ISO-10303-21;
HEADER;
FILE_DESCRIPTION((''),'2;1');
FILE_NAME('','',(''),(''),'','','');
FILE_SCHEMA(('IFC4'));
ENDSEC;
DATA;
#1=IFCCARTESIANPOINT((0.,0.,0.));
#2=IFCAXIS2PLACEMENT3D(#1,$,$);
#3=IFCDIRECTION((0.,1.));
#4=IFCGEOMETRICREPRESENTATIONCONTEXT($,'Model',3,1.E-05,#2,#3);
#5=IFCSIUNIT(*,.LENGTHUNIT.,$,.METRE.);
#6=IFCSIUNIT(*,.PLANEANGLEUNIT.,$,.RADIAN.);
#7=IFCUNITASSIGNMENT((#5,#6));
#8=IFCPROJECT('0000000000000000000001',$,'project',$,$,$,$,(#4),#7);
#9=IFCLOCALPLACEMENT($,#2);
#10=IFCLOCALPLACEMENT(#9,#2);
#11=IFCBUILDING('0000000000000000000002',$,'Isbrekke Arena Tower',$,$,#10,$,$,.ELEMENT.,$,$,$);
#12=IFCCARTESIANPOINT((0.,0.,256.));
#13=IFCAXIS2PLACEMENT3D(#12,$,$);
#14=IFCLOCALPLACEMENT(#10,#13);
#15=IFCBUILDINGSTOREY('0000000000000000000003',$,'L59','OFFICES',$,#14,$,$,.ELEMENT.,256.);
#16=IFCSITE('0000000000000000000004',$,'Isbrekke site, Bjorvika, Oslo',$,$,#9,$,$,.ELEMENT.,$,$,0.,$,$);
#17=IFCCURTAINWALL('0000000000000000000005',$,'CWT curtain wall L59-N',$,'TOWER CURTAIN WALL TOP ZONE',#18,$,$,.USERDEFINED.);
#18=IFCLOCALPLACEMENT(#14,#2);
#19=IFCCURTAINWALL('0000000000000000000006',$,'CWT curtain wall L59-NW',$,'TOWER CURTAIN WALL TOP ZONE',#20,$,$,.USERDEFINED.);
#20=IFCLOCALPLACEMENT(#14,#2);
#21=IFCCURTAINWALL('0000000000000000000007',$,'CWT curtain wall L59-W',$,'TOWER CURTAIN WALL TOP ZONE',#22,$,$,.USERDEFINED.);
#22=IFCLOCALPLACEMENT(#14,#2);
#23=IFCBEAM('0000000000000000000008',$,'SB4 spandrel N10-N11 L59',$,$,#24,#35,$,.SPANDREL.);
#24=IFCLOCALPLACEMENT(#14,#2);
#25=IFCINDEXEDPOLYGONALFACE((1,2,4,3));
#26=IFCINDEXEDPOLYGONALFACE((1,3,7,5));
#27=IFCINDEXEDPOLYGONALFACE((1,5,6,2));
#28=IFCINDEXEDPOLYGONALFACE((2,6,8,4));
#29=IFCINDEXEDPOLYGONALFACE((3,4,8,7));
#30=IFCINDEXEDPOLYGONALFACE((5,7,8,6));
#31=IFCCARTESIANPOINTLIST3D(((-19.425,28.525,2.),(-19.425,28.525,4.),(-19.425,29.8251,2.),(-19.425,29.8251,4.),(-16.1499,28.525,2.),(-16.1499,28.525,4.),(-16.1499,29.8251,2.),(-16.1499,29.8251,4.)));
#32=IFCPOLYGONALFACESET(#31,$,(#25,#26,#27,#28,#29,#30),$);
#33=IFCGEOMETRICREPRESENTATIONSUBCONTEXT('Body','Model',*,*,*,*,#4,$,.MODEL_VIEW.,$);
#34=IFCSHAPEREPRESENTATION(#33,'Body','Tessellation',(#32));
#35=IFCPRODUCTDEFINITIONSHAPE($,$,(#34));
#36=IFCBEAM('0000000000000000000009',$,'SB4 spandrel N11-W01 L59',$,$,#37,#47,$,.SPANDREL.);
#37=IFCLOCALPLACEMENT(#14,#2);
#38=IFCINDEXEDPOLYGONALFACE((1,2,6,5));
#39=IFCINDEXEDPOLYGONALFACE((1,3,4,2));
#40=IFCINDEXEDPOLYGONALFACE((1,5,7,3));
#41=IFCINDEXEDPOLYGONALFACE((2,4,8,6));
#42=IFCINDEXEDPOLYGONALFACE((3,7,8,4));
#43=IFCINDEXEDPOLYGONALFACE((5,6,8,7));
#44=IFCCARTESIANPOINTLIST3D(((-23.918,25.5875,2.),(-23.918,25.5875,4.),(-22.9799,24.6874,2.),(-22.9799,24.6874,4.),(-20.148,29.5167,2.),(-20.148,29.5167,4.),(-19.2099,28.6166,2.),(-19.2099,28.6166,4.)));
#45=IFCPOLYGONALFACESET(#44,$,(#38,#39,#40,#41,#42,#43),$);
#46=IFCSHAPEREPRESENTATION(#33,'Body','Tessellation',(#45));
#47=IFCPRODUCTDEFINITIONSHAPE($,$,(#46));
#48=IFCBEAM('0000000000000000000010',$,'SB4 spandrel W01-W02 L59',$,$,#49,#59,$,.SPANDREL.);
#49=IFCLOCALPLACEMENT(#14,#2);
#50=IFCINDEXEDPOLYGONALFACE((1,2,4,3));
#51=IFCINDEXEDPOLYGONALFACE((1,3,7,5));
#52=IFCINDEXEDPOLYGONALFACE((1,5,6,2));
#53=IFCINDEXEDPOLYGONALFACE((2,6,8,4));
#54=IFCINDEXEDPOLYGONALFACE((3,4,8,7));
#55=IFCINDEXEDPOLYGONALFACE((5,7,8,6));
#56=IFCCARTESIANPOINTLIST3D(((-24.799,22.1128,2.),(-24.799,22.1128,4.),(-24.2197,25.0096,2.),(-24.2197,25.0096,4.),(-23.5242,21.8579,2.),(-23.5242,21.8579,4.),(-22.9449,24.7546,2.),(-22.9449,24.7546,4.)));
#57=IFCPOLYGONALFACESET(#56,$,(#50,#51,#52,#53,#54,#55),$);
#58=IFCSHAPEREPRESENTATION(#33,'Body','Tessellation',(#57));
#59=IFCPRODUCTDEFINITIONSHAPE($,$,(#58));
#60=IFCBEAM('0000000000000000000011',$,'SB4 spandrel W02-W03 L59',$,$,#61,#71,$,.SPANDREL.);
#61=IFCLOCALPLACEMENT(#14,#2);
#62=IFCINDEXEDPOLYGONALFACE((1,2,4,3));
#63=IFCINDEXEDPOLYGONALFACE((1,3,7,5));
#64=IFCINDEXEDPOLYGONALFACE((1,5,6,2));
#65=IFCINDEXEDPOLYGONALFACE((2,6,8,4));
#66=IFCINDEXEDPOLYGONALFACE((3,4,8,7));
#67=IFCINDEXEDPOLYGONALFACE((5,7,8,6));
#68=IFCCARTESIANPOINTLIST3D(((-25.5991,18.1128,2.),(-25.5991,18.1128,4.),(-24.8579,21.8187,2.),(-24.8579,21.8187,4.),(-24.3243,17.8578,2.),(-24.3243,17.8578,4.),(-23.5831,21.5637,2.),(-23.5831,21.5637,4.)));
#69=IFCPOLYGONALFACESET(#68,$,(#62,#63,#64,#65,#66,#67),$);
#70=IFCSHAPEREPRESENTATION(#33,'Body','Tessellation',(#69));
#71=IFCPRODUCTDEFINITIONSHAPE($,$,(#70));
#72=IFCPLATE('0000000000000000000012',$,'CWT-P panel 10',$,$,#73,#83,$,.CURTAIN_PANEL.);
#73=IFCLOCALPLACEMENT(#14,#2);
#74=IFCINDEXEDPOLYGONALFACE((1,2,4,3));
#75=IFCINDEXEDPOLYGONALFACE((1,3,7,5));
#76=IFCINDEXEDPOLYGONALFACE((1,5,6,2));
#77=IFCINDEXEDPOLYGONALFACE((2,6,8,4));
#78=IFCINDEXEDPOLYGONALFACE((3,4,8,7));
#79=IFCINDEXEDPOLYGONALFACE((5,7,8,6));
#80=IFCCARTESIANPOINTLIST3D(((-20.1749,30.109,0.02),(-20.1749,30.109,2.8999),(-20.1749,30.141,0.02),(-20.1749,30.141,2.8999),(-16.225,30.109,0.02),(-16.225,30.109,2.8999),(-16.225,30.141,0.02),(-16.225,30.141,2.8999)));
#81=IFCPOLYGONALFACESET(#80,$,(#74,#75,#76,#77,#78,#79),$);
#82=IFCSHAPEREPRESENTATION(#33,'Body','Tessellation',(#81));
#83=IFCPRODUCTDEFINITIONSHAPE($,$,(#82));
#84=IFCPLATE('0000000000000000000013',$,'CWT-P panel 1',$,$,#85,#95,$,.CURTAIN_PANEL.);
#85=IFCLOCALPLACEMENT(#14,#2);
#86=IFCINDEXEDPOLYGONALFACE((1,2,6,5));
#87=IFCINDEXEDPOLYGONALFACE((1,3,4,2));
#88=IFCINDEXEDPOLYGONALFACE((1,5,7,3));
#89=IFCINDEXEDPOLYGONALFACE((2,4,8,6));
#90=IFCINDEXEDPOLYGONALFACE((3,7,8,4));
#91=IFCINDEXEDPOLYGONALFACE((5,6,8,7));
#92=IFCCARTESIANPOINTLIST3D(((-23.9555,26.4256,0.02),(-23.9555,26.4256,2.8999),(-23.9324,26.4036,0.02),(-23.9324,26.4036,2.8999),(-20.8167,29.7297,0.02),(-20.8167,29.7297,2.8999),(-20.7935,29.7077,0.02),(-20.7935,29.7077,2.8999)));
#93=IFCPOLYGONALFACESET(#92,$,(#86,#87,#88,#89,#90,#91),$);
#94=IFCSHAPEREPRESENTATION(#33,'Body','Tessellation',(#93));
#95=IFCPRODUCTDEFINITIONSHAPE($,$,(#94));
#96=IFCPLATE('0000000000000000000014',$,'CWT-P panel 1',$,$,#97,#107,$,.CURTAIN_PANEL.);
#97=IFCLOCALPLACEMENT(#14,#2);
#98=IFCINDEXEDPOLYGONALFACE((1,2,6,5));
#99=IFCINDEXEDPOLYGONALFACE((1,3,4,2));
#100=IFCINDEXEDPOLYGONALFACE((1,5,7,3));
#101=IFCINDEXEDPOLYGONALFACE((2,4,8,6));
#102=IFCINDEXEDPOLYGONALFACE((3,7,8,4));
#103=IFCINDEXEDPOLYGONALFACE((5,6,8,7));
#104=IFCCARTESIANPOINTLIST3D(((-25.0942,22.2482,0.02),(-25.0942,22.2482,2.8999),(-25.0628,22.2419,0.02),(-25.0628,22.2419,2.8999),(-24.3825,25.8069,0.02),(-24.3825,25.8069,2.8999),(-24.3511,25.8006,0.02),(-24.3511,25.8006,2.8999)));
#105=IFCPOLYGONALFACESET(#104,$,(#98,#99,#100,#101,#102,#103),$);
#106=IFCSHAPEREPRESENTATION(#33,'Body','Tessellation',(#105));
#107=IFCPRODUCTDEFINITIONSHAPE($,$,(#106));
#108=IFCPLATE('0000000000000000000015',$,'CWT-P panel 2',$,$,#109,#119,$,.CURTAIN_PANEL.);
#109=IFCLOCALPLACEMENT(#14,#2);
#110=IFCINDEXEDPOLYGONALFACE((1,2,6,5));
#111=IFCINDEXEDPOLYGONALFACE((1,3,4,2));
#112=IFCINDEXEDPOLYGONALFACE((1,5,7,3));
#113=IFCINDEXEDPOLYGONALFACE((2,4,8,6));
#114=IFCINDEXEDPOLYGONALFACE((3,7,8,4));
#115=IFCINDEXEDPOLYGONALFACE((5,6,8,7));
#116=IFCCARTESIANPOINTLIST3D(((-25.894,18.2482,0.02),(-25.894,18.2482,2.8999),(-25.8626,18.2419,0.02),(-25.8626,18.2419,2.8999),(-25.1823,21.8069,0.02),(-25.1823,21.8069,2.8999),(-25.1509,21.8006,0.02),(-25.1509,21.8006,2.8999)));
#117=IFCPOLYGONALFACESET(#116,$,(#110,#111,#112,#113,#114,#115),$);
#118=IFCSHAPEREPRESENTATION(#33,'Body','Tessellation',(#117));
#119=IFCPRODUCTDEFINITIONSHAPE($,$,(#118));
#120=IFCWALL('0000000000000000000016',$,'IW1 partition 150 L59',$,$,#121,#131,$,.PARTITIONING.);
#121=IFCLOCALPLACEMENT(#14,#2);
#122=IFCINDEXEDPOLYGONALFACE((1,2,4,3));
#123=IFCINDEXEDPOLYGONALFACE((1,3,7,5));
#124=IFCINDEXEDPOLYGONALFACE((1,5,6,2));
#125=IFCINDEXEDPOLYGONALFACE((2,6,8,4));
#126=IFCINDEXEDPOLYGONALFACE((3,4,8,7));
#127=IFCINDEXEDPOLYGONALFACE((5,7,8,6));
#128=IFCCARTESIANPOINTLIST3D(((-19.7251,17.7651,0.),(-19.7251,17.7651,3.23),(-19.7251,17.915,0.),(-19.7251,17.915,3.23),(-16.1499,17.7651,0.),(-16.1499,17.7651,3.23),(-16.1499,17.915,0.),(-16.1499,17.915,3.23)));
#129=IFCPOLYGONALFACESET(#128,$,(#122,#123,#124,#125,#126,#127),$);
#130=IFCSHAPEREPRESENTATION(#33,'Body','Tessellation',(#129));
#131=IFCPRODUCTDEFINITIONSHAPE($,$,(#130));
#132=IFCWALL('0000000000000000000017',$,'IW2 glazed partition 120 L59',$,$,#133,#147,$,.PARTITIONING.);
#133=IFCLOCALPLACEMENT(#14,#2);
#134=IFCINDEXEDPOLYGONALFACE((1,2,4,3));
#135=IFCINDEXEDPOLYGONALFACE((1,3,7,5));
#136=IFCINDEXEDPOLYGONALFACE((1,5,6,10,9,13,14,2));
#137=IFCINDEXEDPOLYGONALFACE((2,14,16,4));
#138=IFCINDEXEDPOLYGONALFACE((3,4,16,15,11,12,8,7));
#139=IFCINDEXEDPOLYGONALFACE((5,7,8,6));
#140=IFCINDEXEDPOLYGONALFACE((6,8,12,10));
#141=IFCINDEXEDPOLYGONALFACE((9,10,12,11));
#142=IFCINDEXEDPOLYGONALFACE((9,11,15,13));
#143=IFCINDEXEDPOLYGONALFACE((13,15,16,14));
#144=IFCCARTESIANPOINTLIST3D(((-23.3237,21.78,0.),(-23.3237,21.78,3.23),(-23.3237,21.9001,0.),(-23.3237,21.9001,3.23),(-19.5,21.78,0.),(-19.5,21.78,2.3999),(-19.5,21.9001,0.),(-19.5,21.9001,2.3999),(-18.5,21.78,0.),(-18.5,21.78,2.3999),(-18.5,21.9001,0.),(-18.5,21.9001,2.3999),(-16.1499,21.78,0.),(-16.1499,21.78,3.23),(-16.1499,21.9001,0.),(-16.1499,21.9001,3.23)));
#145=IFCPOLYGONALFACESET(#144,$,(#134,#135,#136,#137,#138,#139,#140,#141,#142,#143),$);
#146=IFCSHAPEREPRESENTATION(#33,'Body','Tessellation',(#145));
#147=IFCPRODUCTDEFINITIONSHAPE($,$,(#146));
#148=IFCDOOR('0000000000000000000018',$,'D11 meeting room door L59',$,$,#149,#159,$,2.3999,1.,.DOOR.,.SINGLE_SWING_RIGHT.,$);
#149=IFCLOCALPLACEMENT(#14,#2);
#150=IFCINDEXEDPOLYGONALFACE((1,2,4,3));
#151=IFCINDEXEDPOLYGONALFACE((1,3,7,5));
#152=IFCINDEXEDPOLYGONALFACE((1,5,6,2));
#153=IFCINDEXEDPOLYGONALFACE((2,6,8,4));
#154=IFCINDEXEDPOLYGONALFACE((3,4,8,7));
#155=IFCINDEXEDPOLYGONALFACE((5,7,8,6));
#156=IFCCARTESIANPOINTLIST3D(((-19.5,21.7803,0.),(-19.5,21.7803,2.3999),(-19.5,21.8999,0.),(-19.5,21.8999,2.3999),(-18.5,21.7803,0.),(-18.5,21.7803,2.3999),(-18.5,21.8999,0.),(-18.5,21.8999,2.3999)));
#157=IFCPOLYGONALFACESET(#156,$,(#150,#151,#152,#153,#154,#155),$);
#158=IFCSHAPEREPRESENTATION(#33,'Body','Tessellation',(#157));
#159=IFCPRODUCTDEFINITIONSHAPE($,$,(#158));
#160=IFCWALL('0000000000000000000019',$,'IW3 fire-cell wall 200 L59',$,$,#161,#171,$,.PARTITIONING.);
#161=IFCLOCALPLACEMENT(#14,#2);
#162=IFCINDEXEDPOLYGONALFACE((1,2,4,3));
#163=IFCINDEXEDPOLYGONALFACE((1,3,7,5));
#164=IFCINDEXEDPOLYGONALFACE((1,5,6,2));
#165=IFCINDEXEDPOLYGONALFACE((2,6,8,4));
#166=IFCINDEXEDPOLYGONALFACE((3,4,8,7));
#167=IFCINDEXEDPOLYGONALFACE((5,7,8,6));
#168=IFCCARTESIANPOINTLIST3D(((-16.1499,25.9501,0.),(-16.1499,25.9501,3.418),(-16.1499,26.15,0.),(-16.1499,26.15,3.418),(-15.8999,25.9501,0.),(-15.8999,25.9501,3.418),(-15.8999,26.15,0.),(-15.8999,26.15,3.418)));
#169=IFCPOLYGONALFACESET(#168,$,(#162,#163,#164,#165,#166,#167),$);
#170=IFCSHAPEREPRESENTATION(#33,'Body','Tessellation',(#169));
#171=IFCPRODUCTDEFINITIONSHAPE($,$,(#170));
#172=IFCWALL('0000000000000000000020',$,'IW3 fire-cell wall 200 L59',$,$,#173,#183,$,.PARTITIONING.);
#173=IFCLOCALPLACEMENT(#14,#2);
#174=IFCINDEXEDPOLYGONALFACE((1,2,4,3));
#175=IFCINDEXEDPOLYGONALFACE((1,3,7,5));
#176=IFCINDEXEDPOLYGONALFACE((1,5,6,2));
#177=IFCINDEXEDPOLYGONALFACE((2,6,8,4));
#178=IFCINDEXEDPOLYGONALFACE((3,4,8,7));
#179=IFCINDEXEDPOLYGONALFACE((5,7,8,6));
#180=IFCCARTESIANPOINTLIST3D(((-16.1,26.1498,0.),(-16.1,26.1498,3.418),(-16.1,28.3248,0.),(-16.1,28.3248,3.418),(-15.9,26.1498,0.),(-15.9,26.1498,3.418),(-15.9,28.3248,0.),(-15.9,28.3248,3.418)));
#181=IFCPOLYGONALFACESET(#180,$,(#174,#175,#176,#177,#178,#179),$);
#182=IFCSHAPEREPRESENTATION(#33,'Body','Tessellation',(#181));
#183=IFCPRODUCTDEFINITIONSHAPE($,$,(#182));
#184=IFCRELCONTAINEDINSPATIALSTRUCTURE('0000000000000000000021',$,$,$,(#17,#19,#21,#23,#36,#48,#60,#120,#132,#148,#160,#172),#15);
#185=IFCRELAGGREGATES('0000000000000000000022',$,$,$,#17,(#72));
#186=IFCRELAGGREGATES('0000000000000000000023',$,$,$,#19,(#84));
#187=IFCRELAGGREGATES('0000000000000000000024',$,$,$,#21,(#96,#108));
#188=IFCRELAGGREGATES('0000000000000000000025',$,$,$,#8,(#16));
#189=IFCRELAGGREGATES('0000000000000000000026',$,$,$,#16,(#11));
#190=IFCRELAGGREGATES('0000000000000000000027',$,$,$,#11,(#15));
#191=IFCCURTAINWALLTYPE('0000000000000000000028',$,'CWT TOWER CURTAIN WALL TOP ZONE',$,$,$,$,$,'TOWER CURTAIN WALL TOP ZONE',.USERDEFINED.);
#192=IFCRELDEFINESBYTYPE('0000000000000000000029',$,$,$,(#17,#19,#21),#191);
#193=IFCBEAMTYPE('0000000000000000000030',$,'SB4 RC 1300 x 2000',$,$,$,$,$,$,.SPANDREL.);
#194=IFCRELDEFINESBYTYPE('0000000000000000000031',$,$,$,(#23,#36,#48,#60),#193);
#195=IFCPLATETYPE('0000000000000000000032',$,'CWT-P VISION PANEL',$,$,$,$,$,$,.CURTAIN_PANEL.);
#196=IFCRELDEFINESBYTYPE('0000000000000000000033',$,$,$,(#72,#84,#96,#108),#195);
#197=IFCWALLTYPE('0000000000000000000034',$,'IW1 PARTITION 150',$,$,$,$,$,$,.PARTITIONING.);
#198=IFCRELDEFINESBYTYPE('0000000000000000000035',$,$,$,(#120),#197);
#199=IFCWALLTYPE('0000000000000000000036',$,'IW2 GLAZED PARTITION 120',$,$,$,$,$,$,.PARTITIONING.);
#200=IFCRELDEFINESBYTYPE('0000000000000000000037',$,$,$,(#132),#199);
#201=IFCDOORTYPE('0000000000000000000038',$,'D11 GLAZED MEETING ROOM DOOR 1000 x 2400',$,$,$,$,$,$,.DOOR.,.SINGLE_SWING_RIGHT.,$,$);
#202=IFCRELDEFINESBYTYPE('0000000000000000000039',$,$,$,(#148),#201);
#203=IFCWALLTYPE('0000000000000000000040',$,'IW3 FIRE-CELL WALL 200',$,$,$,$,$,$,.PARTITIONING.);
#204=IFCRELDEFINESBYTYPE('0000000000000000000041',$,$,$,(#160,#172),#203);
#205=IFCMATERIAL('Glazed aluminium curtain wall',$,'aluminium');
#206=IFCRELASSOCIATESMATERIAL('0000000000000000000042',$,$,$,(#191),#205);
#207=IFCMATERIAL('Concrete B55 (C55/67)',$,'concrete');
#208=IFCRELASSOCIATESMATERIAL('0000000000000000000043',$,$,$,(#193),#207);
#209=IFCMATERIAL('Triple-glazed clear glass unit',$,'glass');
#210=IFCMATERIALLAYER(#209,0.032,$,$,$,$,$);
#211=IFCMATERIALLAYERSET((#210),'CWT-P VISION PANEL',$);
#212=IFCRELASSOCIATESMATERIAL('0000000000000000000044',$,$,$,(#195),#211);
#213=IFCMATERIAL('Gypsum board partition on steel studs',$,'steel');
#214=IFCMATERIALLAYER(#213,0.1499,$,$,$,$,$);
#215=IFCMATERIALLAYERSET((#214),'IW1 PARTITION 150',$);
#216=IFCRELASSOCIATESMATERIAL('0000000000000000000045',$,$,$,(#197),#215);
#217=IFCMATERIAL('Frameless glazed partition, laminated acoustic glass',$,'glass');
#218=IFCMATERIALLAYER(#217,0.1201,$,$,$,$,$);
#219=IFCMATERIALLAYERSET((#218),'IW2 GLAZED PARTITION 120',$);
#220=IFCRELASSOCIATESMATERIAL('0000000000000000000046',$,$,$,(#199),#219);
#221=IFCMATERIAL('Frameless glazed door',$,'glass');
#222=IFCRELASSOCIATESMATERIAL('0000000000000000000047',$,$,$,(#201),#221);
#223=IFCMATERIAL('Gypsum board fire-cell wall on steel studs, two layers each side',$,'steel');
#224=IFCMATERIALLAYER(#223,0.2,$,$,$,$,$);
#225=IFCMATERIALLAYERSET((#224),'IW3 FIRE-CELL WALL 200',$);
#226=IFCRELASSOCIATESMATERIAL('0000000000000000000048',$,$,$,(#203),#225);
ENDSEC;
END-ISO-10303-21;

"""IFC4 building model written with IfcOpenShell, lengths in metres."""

from ifc_helpers import new_model, si_unit, direction, frame, frame_2d, origin, origin_2d, place, context, subcontext, project, spatial, rectangle, extrude, material, layer, layer_set, material_profile, profile_set, type_object, element, fill, aggregate, save


model = new_model("IFC4")

# Units and contexts
model_context = context("Model", 3, precision=1e-05, world=origin(), true_north=direction((0.0, 1.0)))
body_context = subcontext(model_context, "Body", "Model", "MODEL_VIEW")
ifc_project = project(units=[si_unit("LENGTHUNIT", "METRE"), si_unit("PLANEANGLEUNIT", "RADIAN")], contexts=[model_context])

# Site, building, storey
site_placement = place(None, origin())
site = spatial("IfcSite", under=ifc_project, at=site_placement, Name="Isbrekke site, Bjorvika, Oslo", CompositionType="ELEMENT", RefElevation=0.0)
building_placement = place(site_placement, origin())
building = spatial("IfcBuilding", under=site, at=building_placement, Name="Isbrekke Arena Tower", CompositionType="ELEMENT")
storey_placement = place(building_placement, frame((0.0, 0.0, 256.0)))
storey = spatial("IfcBuildingStorey", under=building, at=storey_placement, Name="L59", Description="OFFICES", CompositionType="ELEMENT", Elevation=256.0)

# Curtain wall
ifc_material_1 = material(Name="Glazed aluminium curtain wall", Category="aluminium")
curtain_wall_type = type_object("IfcCurtainWallType", Name="CWT TOWER CURTAIN WALL TOP ZONE", ElementType="TOWER CURTAIN WALL TOP ZONE", PredefinedType="USERDEFINED", material=ifc_material_1)
curtain_wall_1_placement = place(storey_placement, origin())
curtain_wall_1 = element("IfcCurtainWall", 1, at=curtain_wall_1_placement, inside=storey, type_object=curtain_wall_type, Name="CWT curtain wall L59-N", ObjectType="TOWER CURTAIN WALL TOP ZONE", PredefinedType="USERDEFINED")

# Curtain walls
curtain_wall_2_placement = place(storey_placement, origin())
curtain_wall_2 = element("IfcCurtainWall", 2, at=curtain_wall_2_placement, inside=storey, type_object=curtain_wall_type, Name="CWT curtain wall L59-NW", ObjectType="TOWER CURTAIN WALL TOP ZONE", PredefinedType="USERDEFINED")
curtain_wall_3_placement = place(storey_placement, origin())
curtain_wall_3 = element("IfcCurtainWall", 3, at=curtain_wall_3_placement, inside=storey, type_object=curtain_wall_type, Name="CWT curtain wall L59-W", ObjectType="TOWER CURTAIN WALL TOP ZONE", PredefinedType="USERDEFINED")

# Beams
ifc_material_2 = material(Name="Concrete B55 (C55/67)", Category="concrete")
ifc_material_profile_1 = material_profile(ifc_material_2, rectangle(XDim=1.3, YDim=2.0, at=origin_2d()), Name="RC 1300x2000")
ifc_profile_set_1 = profile_set([ifc_material_profile_1], Name="Concrete B55 (C55/67)")
beam_type_1 = type_object("IfcBeamType", Name="SB4 RC 1300 x 2000", PredefinedType="SPANDREL", material=ifc_profile_set_1)
beam_1_placement = place(storey_placement, frame((-16.1499, 29.175, 3.0), z_axis=(-1.0, 0.0, 0.0), x_axis=(0.0, -1.0, 0.0)))
element("IfcBeam", 4, at=beam_1_placement, inside=storey, type_object=beam_type_1, Name="SB4 spandrel N10-N11 L59", PredefinedType="SPANDREL", context=body_context, shape_type="SweptSolid", body=[
    extrude(rectangle(XDim=1.3, YDim=2.0, at=origin_2d()), origin(), (0.0, 0.0, 1.0), 3.2751),
])
beam_2_placement = place(storey_placement, frame((-19.679, 29.0667, 3.0), z_axis=(-0.69234, -0.721572, 0.0), x_axis=(0.721572, -0.69234, 0.0)))
element("IfcBeam", 5, at=beam_2_placement, inside=storey, type_object=beam_type_1, Name="SB4 spandrel N11-W01 L59", PredefinedType="SPANDREL", context=body_context, shape_type="SweptSolid", body=[
    extrude(rectangle(XDim=1.3, YDim=2.0, at=origin_2d()), origin(), (0.0, 0.0, 1.0), 5.4453),
])
beam_3_placement = place(storey_placement, frame((-23.5823, 24.8821, 3.0), z_axis=(-0.196116, -0.980581, 0.0), x_axis=(0.980581, -0.196116, 0.0)))
element("IfcBeam", 6, at=beam_3_placement, inside=storey, type_object=beam_type_1, Name="SB4 spandrel W01-W02 L59", PredefinedType="SPANDREL", context=body_context, shape_type="SweptSolid", body=[
    extrude(rectangle(XDim=1.3, YDim=2.0, at=origin_2d()), origin(), (0.0, 0.0, 1.0), 2.9541),
])
beam_4_placement = place(storey_placement, frame((-24.2205, 21.6912, 3.0), z_axis=(-0.196129, -0.980578, 0.0), x_axis=(0.980578, -0.196129, 0.0)))
element("IfcBeam", 7, at=beam_4_placement, inside=storey, type_object=beam_type_1, Name="SB4 spandrel W02-W03 L59", PredefinedType="SPANDREL", context=body_context, shape_type="SweptSolid", body=[
    extrude(rectangle(XDim=1.3, YDim=2.0, at=origin_2d()), origin(), (0.0, 0.0, 1.0), 3.7793),
])

# Plates
ifc_material_3 = material(Name="Triple-glazed clear glass unit", Category="glass")
ifc_layer_1 = layer(ifc_material_3, 0.032)
ifc_layer_set_1 = layer_set([ifc_layer_1], Name="CWT-P VISION PANEL")
plate_type = type_object("IfcPlateType", Name="CWT-P VISION PANEL", PredefinedType="CURTAIN_PANEL", material=ifc_layer_set_1)
plate_1_placement = place(storey_placement, frame((-18.2, 30.125, 0.02), z_axis=(0.0, 0.0, 1.0), x_axis=(-1.0, 0.0, 0.0)))
plate_1 = element("IfcPlate", 8, at=plate_1_placement, type_object=plate_type, Name="CWT-P panel 10", PredefinedType="CURTAIN_PANEL", context=body_context, shape_type="SweptSolid", body=[
    extrude(rectangle(XDim=3.95, YDim=0.032, at=origin_2d()), origin(), (0.0, 0.0, 1.0), 2.8799),
])
aggregate(curtain_wall_1, [plate_1])
plate_2_placement = place(storey_placement, frame((-22.3745, 28.0667, 0.02), z_axis=(0.0, 0.0, 1.0), x_axis=(-0.688749, -0.724999, 0.0)))
plate_2 = element("IfcPlate", 9, at=plate_2_placement, type_object=plate_type, Name="CWT-P panel 1", PredefinedType="CURTAIN_PANEL", context=body_context, shape_type="SweptSolid", body=[
    extrude(rectangle(XDim=4.5574, YDim=0.032, at=origin_2d()), origin(), (0.0, 0.0, 1.0), 2.8799),
])
aggregate(curtain_wall_2, [plate_2])
plate_3_placement = place(storey_placement, frame((-24.7227, 24.0244, 0.02), z_axis=(0.0, 0.0, 1.0), x_axis=(-0.196116, -0.980581, 0.0)))
plate_3 = element("IfcPlate", 10, at=plate_3_placement, type_object=plate_type, Name="CWT-P panel 1", PredefinedType="CURTAIN_PANEL", context=body_context, shape_type="SweptSolid", body=[
    extrude(rectangle(XDim=3.6292, YDim=0.032, at=origin_2d()), origin(), (0.0, 0.0, 1.0), 2.8799),
])
plate_4_placement = place(storey_placement, frame((-25.5225, 20.0244, 0.02), z_axis=(0.0, 0.0, 1.0), x_axis=(-0.196116, -0.980581, 0.0)))
plate_4 = element("IfcPlate", 11, at=plate_4_placement, type_object=plate_type, Name="CWT-P panel 2", PredefinedType="CURTAIN_PANEL", context=body_context, shape_type="SweptSolid", body=[
    extrude(rectangle(XDim=3.6292, YDim=0.032, at=origin_2d()), origin(), (0.0, 0.0, 1.0), 2.8799),
])
aggregate(curtain_wall_3, [plate_3, plate_4])

# Wall
ifc_material_4 = material(Name="Gypsum board partition on steel studs", Category="steel")
ifc_layer_2 = layer(ifc_material_4, 0.1499)
ifc_layer_set_2 = layer_set([ifc_layer_2], Name="IW1 PARTITION 150")
wall_type_1 = type_object("IfcWallType", Name="IW1 PARTITION 150", PredefinedType="PARTITIONING", material=ifc_layer_set_2)
wall_1_placement = place(storey_placement, frame((-19.7251, 17.8401, 0.0), z_axis=(0.0, 0.0, 1.0), x_axis=(1.0, 0.0, 0.0)))
element("IfcWall", 12, at=wall_1_placement, inside=storey, type_object=wall_type_1, Name="IW1 partition 150 L59", PredefinedType="PARTITIONING", context=body_context, shape_type="SweptSolid", body=[
    extrude(rectangle(XDim=3.5752, YDim=0.1499, at=frame_2d((1.7876, 0.0))), origin(), (0.0, 0.0, 1.0), 3.23),
])

# Wall, opening, door
ifc_material_5 = material(Name="Frameless glazed partition, laminated acoustic glass", Category="glass")
ifc_layer_3 = layer(ifc_material_5, 0.1201)
ifc_layer_set_3 = layer_set([ifc_layer_3], Name="IW2 GLAZED PARTITION 120")
wall_type_2 = type_object("IfcWallType", Name="IW2 GLAZED PARTITION 120", PredefinedType="PARTITIONING", material=ifc_layer_set_3)
wall_2_placement = place(storey_placement, frame((-23.3237, 21.8401, 0.0), z_axis=(0.0, 0.0, 1.0), x_axis=(1.0, 0.0, 0.0)))
wall_2 = element("IfcWall", 13, at=wall_2_placement, inside=storey, type_object=wall_type_2, Name="IW2 glazed partition 120 L59", PredefinedType="PARTITIONING", context=body_context, shape_type="SweptSolid", body=[
    extrude(rectangle(XDim=7.1738, YDim=0.1201, at=frame_2d((3.5869, 0.0))), origin(), (0.0, 0.0, 1.0), 3.23),
])
opening_placement = place(wall_2_placement, frame((3.8237, 0.0, 0.0)))
opening = element("IfcOpeningElement", 14, at=opening_placement, cuts=wall_2, PredefinedType="OPENING", context=body_context, shape_type="SweptSolid", body=[
    extrude(rectangle(XDim=1.0, YDim=2.3999, at=frame_2d((0.5, 1.2))), frame((0.0, 0.075, 0.0), z_axis=(0.0, -1.0, 0.0), x_axis=(1.0, 0.0, 0.0)), (0.0, 0.0, 1.0), 0.1499),
])
ifc_material_6 = material(Name="Frameless glazed door", Category="glass")
door_type = type_object("IfcDoorType", Name="D11 GLAZED MEETING ROOM DOOR 1000 x 2400", OperationType="SINGLE_SWING_RIGHT", PredefinedType="DOOR", material=ifc_material_6)
door_placement = place(opening_placement, origin())
door = element("IfcDoor", 15, at=door_placement, inside=storey, type_object=door_type, Name="D11 meeting room door L59", OperationType="SINGLE_SWING_RIGHT", OverallHeight=2.3999, OverallWidth=1.0, PredefinedType="DOOR", context=body_context, shape_type="SweptSolid", body=[
    extrude(rectangle(XDim=1.0, YDim=2.3999, at=frame_2d((0.5, 1.2))), frame((0.0, 0.0598, 0.0), z_axis=(0.0, -1.0, 0.0), x_axis=(1.0, 0.0, 0.0)), (0.0, 0.0, 1.0), 0.1196),
])
fill(opening, door)

# Walls
ifc_material_7 = material(Name="Gypsum board fire-cell wall on steel studs, two layers each side", Category="steel")
ifc_layer_4 = layer(ifc_material_7, 0.2)
ifc_layer_set_4 = layer_set([ifc_layer_4], Name="IW3 FIRE-CELL WALL 200")
wall_type_3 = type_object("IfcWallType", Name="IW3 FIRE-CELL WALL 200", PredefinedType="PARTITIONING", material=ifc_layer_set_4)
wall_3_placement = place(storey_placement, frame((-16.1499, 26.05, 0.0), z_axis=(0.0, 0.0, 1.0), x_axis=(1.0, 0.0, 0.0)))
element("IfcWall", 16, at=wall_3_placement, inside=storey, type_object=wall_type_3, Name="IW3 fire-cell wall 200 L59", PredefinedType="PARTITIONING", context=body_context, shape_type="SweptSolid", body=[
    extrude(rectangle(XDim=0.25, YDim=0.2, at=frame_2d((0.125, 0.0))), origin(), (0.0, 0.0, 1.0), 3.418),
])
wall_4_placement = place(storey_placement, frame((-16.0, 26.1499, 0.0), z_axis=(0.0, 0.0, 1.0), x_axis=(0.0, 1.0, 0.0)))
element("IfcWall", 17, at=wall_4_placement, inside=storey, type_object=wall_type_3, Name="IW3 fire-cell wall 200 L59", PredefinedType="PARTITIONING", context=body_context, shape_type="SweptSolid", body=[
    extrude(rectangle(XDim=2.175, YDim=0.2, at=frame_2d((1.0874, 0.0))), origin(), (0.0, 0.0, 1.0), 3.418),
])

save(model, "model.ifc")
